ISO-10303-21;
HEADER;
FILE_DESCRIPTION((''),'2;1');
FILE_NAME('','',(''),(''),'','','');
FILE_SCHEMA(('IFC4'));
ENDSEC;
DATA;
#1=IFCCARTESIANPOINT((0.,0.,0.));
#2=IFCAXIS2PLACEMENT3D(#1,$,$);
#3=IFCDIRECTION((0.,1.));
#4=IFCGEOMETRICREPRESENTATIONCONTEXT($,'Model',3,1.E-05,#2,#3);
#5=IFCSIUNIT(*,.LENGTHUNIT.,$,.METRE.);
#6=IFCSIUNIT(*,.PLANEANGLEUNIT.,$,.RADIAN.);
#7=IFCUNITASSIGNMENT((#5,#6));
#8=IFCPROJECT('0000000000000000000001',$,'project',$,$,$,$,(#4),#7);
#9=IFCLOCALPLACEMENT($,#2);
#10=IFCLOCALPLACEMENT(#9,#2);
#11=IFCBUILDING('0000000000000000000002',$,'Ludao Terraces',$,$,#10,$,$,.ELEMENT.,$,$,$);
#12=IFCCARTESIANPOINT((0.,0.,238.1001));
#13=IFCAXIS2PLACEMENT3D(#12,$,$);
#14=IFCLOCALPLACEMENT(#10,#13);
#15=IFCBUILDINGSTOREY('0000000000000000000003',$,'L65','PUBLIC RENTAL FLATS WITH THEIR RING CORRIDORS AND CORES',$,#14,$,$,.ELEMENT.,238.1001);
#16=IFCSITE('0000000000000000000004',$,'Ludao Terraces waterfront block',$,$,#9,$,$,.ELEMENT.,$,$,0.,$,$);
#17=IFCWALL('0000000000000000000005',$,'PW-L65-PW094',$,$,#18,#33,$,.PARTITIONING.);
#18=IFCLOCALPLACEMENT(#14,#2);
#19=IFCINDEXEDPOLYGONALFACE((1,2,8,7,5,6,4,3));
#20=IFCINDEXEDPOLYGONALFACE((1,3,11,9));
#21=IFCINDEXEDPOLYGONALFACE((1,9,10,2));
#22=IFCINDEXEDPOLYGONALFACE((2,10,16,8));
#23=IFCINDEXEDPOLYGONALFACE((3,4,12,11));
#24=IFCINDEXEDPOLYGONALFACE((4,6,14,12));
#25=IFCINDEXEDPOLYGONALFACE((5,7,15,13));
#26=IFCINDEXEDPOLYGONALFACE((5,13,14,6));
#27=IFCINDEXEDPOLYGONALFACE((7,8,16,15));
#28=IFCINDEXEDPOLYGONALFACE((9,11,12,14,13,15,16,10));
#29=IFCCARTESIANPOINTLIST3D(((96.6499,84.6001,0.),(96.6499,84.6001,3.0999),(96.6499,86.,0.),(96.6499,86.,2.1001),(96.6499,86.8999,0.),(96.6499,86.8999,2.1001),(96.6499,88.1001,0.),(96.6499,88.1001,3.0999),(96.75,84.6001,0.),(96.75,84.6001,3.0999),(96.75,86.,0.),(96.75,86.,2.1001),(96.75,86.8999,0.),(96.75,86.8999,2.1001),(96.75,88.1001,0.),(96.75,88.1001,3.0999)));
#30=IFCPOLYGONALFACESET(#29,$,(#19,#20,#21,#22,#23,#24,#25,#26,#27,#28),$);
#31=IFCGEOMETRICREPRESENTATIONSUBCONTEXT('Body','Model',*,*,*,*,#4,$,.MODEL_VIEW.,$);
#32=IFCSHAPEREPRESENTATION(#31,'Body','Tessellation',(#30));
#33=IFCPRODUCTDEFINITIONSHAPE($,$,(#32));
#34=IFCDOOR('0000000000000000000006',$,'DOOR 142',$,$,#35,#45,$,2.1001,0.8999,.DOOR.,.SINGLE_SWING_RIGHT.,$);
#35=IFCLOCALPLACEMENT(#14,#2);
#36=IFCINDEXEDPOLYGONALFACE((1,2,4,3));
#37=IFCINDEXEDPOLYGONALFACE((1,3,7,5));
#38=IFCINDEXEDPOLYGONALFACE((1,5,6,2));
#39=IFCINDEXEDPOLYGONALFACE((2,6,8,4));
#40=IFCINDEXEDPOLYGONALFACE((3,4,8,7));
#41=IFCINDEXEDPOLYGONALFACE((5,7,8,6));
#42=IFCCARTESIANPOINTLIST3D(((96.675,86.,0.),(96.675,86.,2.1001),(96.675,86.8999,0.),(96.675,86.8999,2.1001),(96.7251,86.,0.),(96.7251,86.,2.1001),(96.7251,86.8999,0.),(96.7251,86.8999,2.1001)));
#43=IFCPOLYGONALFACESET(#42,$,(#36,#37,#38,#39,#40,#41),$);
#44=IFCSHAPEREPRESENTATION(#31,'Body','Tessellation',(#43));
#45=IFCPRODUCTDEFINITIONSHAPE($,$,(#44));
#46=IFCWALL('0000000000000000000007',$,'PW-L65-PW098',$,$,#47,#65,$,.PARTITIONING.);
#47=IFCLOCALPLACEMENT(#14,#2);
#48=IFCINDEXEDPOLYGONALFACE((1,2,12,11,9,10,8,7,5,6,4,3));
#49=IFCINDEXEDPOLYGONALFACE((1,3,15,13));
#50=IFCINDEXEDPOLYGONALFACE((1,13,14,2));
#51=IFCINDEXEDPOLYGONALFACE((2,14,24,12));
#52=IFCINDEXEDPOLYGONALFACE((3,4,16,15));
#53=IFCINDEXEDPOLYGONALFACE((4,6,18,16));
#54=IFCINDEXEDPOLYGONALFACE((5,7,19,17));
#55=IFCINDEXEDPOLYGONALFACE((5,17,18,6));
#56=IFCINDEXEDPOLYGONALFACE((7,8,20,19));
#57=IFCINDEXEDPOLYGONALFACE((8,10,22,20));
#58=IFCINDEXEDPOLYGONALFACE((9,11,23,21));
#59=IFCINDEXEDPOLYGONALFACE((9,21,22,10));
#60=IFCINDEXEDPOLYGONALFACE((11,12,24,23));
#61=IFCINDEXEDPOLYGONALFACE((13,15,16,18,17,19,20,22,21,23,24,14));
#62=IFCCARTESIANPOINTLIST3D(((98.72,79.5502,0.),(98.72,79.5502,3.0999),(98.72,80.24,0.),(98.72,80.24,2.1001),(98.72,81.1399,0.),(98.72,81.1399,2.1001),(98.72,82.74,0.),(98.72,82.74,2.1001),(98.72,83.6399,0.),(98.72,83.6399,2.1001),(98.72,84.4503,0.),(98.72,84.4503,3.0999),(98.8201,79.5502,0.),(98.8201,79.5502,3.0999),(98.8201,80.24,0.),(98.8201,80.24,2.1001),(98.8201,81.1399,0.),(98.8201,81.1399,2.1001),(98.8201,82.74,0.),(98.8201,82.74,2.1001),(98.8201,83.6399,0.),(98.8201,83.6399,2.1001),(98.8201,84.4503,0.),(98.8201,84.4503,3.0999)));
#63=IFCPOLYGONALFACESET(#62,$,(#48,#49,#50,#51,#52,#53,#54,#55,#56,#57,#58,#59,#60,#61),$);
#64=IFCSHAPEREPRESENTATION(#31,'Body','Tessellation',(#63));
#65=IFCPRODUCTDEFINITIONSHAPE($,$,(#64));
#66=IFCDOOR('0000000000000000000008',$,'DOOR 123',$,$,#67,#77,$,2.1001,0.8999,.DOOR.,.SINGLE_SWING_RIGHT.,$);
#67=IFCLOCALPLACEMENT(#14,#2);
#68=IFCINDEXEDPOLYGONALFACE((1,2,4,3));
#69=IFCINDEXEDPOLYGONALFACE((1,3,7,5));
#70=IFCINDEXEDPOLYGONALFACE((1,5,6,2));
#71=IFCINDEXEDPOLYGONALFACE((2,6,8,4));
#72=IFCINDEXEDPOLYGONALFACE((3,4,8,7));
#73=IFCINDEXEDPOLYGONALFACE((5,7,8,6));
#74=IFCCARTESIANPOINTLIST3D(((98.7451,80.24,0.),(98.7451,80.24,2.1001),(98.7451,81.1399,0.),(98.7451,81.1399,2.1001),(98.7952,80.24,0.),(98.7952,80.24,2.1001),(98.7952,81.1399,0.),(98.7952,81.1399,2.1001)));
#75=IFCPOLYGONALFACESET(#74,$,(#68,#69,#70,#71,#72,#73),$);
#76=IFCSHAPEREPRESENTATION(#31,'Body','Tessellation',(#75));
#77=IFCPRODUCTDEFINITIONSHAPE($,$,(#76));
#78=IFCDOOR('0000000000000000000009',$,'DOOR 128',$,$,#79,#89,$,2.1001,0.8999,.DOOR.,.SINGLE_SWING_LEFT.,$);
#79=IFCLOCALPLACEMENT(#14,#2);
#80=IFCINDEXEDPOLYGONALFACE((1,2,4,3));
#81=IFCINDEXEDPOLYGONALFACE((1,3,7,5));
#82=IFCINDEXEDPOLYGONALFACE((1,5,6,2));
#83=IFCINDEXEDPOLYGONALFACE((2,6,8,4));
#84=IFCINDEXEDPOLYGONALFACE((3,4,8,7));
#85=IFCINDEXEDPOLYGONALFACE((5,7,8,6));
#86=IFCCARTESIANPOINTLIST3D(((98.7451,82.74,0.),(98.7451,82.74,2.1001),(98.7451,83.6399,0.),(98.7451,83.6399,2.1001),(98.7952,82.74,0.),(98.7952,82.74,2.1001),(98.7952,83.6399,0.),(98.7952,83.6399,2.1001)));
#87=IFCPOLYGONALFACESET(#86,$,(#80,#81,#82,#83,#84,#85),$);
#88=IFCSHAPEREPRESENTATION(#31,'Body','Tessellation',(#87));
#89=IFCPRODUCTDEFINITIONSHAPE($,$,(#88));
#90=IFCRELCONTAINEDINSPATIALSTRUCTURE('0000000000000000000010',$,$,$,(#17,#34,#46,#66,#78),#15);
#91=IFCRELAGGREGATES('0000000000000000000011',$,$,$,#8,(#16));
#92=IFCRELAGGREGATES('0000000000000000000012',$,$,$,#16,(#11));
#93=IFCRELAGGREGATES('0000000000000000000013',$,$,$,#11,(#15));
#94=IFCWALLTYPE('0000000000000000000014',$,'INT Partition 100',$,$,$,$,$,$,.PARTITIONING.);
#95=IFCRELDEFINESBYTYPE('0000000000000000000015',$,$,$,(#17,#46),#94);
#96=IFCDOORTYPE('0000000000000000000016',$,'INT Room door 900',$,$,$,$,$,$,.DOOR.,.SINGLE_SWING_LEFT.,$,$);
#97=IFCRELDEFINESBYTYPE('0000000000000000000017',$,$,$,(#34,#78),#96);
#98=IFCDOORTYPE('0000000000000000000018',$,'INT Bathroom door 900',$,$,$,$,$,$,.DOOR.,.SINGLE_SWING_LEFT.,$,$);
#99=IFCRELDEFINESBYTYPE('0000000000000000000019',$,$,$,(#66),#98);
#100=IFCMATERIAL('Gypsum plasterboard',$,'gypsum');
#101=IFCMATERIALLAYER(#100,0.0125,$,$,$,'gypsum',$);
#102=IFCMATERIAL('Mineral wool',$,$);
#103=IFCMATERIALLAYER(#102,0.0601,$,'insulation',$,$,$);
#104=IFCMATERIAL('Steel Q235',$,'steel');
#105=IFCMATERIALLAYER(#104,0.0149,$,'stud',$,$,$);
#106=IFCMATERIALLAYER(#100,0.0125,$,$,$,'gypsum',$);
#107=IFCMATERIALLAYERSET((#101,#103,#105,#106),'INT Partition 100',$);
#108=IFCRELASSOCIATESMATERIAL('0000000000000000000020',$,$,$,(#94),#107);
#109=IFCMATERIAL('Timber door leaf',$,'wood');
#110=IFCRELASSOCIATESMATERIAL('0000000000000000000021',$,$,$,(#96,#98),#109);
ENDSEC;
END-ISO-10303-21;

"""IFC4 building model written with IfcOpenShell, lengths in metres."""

from ifc_helpers import new_model, si_unit, direction, frame, frame_2d, origin, place, context, subcontext, project, spatial, rectangle, extrude, material, layer, layer_set, type_object, element, fill, save


model = new_model("IFC4")

# Units and contexts
model_context = context("Model", 3, precision=1e-05, world=origin(), true_north=direction((0.0, 1.0)))
body_context = subcontext(model_context, "Body", "Model", "MODEL_VIEW")
ifc_project = project(units=[si_unit("LENGTHUNIT", "METRE"), si_unit("PLANEANGLEUNIT", "RADIAN")], contexts=[model_context])

# Site, building, storey
site_placement = place(None, origin())
site = spatial("IfcSite", under=ifc_project, at=site_placement, Name="Ludao Terraces waterfront block", CompositionType="ELEMENT", RefElevation=0.0)
building_placement = place(site_placement, origin())
building = spatial("IfcBuilding", under=site, at=building_placement, Name="Ludao Terraces", CompositionType="ELEMENT")
storey_placement = place(building_placement, frame((0.0, 0.0, 238.1001)))
storey = spatial("IfcBuildingStorey", under=building, at=storey_placement, Name="L65", Description="PUBLIC RENTAL FLATS WITH THEIR RING CORRIDORS AND CORES", CompositionType="ELEMENT", Elevation=238.1001)

# Shared definitions
ifc_material_1 = material(Name="Mineral wool")

# Shared definitions
ifc_material_2 = material(Name="Gypsum plasterboard", Category="gypsum")
ifc_layer_1 = layer(ifc_material_2, 0.0125, Category="gypsum")
ifc_layer_2 = layer(ifc_material_1, 0.0601, Name="insulation")
ifc_material_3 = material(Name="Steel Q235", Category="steel")
ifc_layer_3 = layer(ifc_material_3, 0.0149, Name="stud")
ifc_layer_4 = layer(ifc_material_2, 0.0125, Category="gypsum")
ifc_layer_set_1 = layer_set([ifc_layer_1, ifc_layer_2, ifc_layer_3, ifc_layer_4], Name="INT Partition 100")
wall_type_1 = type_object("IfcWallType", Name="INT Partition 100", PredefinedType="PARTITIONING", material=ifc_layer_set_1)

# Wall, opening, door
ifc_material_4 = material(Name="Timber door leaf", Category="wood")
door_type_1 = type_object("IfcDoorType", Name="INT Room door 900", OperationType="SINGLE_SWING_LEFT", PredefinedType="DOOR", material=ifc_material_4)
wall_1_placement = place(storey_placement, frame((96.7, 84.6001, 0.0), z_axis=(0.0, 0.0, 1.0), x_axis=(0.0, 1.0, 0.0)))
wall_1 = element("IfcWall", 1, at=wall_1_placement, inside=storey, type_object=wall_type_1, Name="PW-L65-PW094", PredefinedType="PARTITIONING", context=body_context, shape_type="SweptSolid", body=[
    extrude(rectangle(XDim=3.5, YDim=0.1001, at=frame_2d((1.75, 0.0))), origin(), (0.0, 0.0, 1.0), 3.0999),
])
opening_1_placement = place(wall_1_placement, frame((1.3999, 0.0, 0.0)))
opening_1 = element("IfcOpeningElement", 2, at=opening_1_placement, cuts=wall_1, PredefinedType="OPENING", context=body_context, shape_type="SweptSolid", body=[
    extrude(rectangle(XDim=0.8999, YDim=2.1001, at=frame_2d((0.45, 1.05))), frame((0.0, 0.0601, 0.0), z_axis=(0.0, -1.0, 0.0), x_axis=(1.0, 0.0, 0.0)), (0.0, 0.0, 1.0), 0.1201),
])
door_1_placement = place(opening_1_placement, origin())
door_1 = element("IfcDoor", 3, at=door_1_placement, inside=storey, type_object=door_type_1, Name="DOOR 142", OperationType="SINGLE_SWING_RIGHT", OverallHeight=2.1001, OverallWidth=0.8999, PredefinedType="DOOR", context=body_context, shape_type="SweptSolid", body=[
    extrude(rectangle(XDim=0.8999, YDim=2.1001, at=frame_2d((0.45, 1.05))), frame((0.0, 0.0249, 0.0), z_axis=(0.0, -1.0, 0.0), x_axis=(1.0, 0.0, 0.0)), (0.0, 0.0, 1.0), 0.05),
])
fill(opening_1, door_1)

# Wall, openings, doors
wall_2_placement = place(storey_placement, frame((98.77, 79.55, 0.0), z_axis=(0.0, 0.0, 1.0), x_axis=(0.0, 1.0, 0.0)))
wall_2 = element("IfcWall", 4, at=wall_2_placement, inside=storey, type_object=wall_type_1, Name="PW-L65-PW098", PredefinedType="PARTITIONING", context=body_context, shape_type="SweptSolid", body=[
    extrude(rectangle(XDim=4.9001, YDim=0.1001, at=frame_2d((2.4502, 0.0))), origin(), (0.0, 0.0, 1.0), 3.0999),
])
opening_2_placement = place(wall_2_placement, frame((0.6899, 0.0, 0.0)))
opening_2 = element("IfcOpeningElement", 5, at=opening_2_placement, cuts=wall_2, PredefinedType="OPENING", context=body_context, shape_type="SweptSolid", body=[
    extrude(rectangle(XDim=0.8999, YDim=2.1001, at=frame_2d((0.45, 1.05))), frame((0.0, 0.0601, 0.0), z_axis=(0.0, -1.0, 0.0), x_axis=(1.0, 0.0, 0.0)), (0.0, 0.0, 1.0), 0.1201),
])
opening_3_placement = place(wall_2_placement, frame((3.1899, 0.0, 0.0)))
opening_3 = element("IfcOpeningElement", 6, at=opening_3_placement, cuts=wall_2, PredefinedType="OPENING", context=body_context, shape_type="SweptSolid", body=[
    extrude(rectangle(XDim=0.8999, YDim=2.1001, at=frame_2d((0.45, 1.05))), frame((0.0, 0.0601, 0.0), z_axis=(0.0, -1.0, 0.0), x_axis=(1.0, 0.0, 0.0)), (0.0, 0.0, 1.0), 0.1201),
])
door_type_2 = type_object("IfcDoorType", Name="INT Bathroom door 900", OperationType="SINGLE_SWING_LEFT", PredefinedType="DOOR", material=ifc_material_4)
door_2_placement = place(opening_2_placement, origin())
door_2 = element("IfcDoor", 7, at=door_2_placement, inside=storey, type_object=door_type_2, Name="DOOR 123", OperationType="SINGLE_SWING_RIGHT", OverallHeight=2.1001, OverallWidth=0.8999, PredefinedType="DOOR", context=body_context, shape_type="SweptSolid", body=[
    extrude(rectangle(XDim=0.8999, YDim=2.1001, at=frame_2d((0.45, 1.05))), frame((0.0, 0.0249, 0.0), z_axis=(0.0, -1.0, 0.0), x_axis=(1.0, 0.0, 0.0)), (0.0, 0.0, 1.0), 0.05),
])
fill(opening_2, door_2)
door_3_placement = place(opening_3_placement, origin())
door_3 = element("IfcDoor", 8, at=door_3_placement, inside=storey, type_object=door_type_1, Name="DOOR 128", OperationType="SINGLE_SWING_LEFT", OverallHeight=2.1001, OverallWidth=0.8999, PredefinedType="DOOR", context=body_context, shape_type="SweptSolid", body=[
    extrude(rectangle(XDim=0.8999, YDim=2.1001, at=frame_2d((0.45, 1.05))), frame((0.0, 0.0249, 0.0), z_axis=(0.0, -1.0, 0.0), x_axis=(1.0, 0.0, 0.0)), (0.0, 0.0, 1.0), 0.05),
])
fill(opening_3, door_3)

save(model, "model.ifc")
